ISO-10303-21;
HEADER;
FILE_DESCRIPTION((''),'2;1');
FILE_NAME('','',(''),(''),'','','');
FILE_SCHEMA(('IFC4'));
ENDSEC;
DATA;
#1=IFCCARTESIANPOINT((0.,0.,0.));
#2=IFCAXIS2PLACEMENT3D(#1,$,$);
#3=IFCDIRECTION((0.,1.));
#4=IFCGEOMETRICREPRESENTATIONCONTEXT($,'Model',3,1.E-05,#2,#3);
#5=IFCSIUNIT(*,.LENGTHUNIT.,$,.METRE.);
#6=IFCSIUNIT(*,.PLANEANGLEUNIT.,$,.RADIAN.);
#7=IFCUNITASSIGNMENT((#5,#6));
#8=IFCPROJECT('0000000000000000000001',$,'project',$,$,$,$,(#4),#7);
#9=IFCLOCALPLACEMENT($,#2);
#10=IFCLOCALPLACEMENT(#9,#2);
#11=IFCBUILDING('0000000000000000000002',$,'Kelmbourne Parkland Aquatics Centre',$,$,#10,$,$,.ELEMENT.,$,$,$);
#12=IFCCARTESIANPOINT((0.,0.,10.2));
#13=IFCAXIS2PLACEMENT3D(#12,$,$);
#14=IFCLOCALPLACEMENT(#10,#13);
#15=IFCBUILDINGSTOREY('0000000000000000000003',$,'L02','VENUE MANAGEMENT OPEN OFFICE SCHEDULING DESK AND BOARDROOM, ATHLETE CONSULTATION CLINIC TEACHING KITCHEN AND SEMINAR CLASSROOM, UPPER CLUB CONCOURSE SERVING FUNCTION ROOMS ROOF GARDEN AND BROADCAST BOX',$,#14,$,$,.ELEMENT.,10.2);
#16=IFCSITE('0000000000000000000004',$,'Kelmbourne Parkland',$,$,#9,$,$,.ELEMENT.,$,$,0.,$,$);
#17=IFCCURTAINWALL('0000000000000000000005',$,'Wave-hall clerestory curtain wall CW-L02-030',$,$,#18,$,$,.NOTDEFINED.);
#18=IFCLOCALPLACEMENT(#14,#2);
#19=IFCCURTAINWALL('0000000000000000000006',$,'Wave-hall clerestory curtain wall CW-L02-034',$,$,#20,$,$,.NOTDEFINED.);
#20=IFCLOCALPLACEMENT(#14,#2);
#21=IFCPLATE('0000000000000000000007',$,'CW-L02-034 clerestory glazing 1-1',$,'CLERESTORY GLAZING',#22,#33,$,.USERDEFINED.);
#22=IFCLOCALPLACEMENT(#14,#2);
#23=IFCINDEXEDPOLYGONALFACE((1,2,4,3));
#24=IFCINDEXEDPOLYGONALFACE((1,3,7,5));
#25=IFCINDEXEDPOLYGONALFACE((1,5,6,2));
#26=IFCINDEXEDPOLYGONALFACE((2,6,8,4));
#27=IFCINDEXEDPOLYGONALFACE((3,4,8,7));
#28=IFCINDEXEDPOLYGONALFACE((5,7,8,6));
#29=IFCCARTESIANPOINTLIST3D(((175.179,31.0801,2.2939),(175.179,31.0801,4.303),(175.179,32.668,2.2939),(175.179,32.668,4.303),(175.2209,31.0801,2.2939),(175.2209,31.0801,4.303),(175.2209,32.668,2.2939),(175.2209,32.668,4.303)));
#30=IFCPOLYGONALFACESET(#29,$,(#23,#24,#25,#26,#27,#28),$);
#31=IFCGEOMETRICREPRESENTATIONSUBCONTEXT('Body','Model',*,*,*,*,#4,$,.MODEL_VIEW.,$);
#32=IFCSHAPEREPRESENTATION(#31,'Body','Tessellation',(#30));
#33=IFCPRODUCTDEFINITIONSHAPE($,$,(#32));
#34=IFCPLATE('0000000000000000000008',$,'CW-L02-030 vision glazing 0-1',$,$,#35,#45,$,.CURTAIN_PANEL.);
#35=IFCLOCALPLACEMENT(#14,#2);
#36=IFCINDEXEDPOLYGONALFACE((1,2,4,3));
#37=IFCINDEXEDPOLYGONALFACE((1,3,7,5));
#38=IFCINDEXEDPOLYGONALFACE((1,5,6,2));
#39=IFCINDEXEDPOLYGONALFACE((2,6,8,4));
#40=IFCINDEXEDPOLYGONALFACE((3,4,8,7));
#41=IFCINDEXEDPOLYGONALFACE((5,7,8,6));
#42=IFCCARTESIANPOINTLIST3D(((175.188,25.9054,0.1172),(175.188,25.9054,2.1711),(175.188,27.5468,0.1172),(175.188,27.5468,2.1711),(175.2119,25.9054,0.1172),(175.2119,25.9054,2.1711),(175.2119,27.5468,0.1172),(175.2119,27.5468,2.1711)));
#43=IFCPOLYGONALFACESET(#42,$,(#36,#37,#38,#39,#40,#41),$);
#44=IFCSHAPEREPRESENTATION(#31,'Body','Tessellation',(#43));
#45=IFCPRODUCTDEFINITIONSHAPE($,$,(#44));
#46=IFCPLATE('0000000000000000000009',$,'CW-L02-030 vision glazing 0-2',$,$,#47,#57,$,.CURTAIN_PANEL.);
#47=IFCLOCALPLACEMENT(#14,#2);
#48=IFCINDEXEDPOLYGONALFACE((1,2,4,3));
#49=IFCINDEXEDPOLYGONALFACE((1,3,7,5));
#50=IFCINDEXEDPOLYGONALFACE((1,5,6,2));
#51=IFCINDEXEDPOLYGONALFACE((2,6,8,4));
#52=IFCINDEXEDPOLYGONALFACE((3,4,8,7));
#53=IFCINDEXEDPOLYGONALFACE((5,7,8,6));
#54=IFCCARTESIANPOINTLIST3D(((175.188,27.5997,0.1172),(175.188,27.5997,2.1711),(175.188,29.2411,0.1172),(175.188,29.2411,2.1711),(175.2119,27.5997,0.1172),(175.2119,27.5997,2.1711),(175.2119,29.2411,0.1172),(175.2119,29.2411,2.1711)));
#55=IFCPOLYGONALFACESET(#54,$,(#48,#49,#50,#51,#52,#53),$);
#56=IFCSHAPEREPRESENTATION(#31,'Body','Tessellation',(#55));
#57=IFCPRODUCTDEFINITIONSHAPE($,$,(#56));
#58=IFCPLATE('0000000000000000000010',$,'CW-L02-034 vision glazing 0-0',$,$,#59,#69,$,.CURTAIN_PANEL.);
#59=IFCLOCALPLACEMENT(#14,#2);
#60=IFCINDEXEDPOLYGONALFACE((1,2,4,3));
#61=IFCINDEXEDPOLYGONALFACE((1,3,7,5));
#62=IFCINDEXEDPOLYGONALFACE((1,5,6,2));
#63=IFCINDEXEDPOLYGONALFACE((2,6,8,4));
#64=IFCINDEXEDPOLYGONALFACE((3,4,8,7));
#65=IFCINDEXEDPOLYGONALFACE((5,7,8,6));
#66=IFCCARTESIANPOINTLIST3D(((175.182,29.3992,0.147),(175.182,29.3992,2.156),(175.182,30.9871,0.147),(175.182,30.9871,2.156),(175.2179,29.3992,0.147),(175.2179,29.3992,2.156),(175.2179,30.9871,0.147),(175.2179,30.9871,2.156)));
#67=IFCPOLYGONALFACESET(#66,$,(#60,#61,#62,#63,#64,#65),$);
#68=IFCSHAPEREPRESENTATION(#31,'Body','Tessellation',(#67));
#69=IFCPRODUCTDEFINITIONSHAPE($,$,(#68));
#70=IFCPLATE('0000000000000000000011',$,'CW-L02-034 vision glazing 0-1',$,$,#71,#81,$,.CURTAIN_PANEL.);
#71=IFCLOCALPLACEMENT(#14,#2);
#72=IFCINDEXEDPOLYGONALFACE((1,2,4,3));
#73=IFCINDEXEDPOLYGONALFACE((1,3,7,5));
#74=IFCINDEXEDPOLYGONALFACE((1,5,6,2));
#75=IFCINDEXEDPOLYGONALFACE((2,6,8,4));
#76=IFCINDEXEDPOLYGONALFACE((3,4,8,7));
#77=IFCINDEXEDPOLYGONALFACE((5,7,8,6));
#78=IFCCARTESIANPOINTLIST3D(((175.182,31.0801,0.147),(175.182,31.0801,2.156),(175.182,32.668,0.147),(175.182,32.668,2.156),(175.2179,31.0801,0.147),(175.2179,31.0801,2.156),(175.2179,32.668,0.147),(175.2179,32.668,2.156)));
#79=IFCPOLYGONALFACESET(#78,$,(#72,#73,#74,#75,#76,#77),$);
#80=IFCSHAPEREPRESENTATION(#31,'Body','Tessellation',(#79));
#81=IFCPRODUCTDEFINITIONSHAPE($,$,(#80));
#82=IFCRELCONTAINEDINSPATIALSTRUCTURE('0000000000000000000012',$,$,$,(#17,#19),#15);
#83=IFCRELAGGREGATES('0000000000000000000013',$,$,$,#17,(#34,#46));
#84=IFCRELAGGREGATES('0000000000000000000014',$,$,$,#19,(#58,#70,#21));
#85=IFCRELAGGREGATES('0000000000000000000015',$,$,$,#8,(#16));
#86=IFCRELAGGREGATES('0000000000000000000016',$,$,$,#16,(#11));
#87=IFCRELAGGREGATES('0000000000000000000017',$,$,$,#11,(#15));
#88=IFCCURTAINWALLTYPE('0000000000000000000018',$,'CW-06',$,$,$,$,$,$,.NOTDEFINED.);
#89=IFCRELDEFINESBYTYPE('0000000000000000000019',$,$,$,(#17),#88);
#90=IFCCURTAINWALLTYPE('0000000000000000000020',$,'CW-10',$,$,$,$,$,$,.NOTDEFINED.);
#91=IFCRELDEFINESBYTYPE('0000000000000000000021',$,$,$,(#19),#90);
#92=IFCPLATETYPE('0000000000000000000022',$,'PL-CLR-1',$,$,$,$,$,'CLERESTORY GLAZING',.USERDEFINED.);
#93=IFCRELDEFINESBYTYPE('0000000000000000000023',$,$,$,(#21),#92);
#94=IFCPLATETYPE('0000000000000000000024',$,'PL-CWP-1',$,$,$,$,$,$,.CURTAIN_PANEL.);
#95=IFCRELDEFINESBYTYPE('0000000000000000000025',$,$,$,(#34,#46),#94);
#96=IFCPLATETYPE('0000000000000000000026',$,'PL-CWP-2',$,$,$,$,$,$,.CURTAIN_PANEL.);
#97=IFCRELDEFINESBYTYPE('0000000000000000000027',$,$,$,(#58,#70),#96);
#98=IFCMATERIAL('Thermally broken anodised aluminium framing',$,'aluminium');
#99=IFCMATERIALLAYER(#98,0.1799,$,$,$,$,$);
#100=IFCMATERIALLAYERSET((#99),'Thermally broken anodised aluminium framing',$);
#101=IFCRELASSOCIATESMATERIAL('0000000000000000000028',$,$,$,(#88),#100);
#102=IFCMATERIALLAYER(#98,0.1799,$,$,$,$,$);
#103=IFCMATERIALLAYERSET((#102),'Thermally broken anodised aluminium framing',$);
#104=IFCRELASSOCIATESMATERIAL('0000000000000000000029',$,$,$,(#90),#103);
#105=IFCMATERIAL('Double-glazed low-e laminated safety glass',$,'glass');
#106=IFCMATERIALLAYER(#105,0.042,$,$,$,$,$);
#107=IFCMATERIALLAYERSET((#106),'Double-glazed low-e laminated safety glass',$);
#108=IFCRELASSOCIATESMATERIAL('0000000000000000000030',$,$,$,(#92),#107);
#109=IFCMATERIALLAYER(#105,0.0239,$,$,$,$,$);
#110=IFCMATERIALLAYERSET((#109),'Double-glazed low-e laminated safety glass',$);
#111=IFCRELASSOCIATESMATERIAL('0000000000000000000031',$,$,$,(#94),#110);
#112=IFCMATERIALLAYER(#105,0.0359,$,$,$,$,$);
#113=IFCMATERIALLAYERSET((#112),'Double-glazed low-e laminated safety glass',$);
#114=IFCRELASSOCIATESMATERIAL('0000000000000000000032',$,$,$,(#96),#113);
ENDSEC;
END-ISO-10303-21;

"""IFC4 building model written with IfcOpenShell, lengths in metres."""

from ifc_helpers import new_model, si_unit, direction, frame, origin, origin_2d, place, context, subcontext, project, spatial, rectangle, extrude, material, layer, layer_set, type_object, element, aggregate, save


model = new_model("IFC4")

# Units and contexts
model_context = context("Model", 3, precision=1e-05, world=origin(), true_north=direction((0.0, 1.0)))
body_context = subcontext(model_context, "Body", "Model", "MODEL_VIEW")
ifc_project = project(units=[si_unit("LENGTHUNIT", "METRE"), si_unit("PLANEANGLEUNIT", "RADIAN")], contexts=[model_context])

# Site, building, storey
site_placement = place(None, origin())
site = spatial("IfcSite", under=ifc_project, at=site_placement, Name="Kelmbourne Parkland", CompositionType="ELEMENT", RefElevation=0.0)
building_placement = place(site_placement, origin())
building = spatial("IfcBuilding", under=site, at=building_placement, Name="Kelmbourne Parkland Aquatics Centre", CompositionType="ELEMENT")
storey_placement = place(building_placement, frame((0.0, 0.0, 10.2)))
storey = spatial("IfcBuildingStorey", under=building, at=storey_placement, Name="L02", Description="VENUE MANAGEMENT OPEN OFFICE SCHEDULING DESK AND BOARDROOM, ATHLETE CONSULTATION CLINIC TEACHING KITCHEN AND SEMINAR CLASSROOM, UPPER CLUB CONCOURSE SERVING FUNCTION ROOMS ROOF GARDEN AND BROADCAST BOX", CompositionType="ELEMENT", Elevation=10.2)

# Curtain walls
ifc_material_1 = material(Name="Thermally broken anodised aluminium framing", Category="aluminium")
ifc_layer_1 = layer(ifc_material_1, 0.1799)
ifc_layer_set_1 = layer_set([ifc_layer_1], Name="Thermally broken anodised aluminium framing")
curtain_wall_type_1 = type_object("IfcCurtainWallType", Name="CW-06", PredefinedType="NOTDEFINED", material=ifc_layer_set_1)
curtain_wall_1_placement = place(storey_placement, origin())
curtain_wall_1 = element("IfcCurtainWall", 1, at=curtain_wall_1_placement, inside=storey, type_object=curtain_wall_type_1, Name="Wave-hall clerestory curtain wall CW-L02-030", PredefinedType="NOTDEFINED")
ifc_layer_2 = layer(ifc_material_1, 0.1799)
ifc_layer_set_2 = layer_set([ifc_layer_2], Name="Thermally broken anodised aluminium framing")
curtain_wall_type_2 = type_object("IfcCurtainWallType", Name="CW-10", PredefinedType="NOTDEFINED", material=ifc_layer_set_2)
curtain_wall_2_placement = place(storey_placement, origin())
curtain_wall_2 = element("IfcCurtainWall", 2, at=curtain_wall_2_placement, inside=storey, type_object=curtain_wall_type_2, Name="Wave-hall clerestory curtain wall CW-L02-034", PredefinedType="NOTDEFINED")

# Plates
ifc_material_2 = material(Name="Double-glazed low-e laminated safety glass", Category="glass")
ifc_layer_3 = layer(ifc_material_2, 0.042)
ifc_layer_set_3 = layer_set([ifc_layer_3], Name="Double-glazed low-e laminated safety glass")
plate_type_1 = type_object("IfcPlateType", Name="PL-CLR-1", ElementType="CLERESTORY GLAZING", PredefinedType="USERDEFINED", material=ifc_layer_set_3)
plate_1_placement = place(storey_placement, frame((175.2, 31.874, 2.2939), z_axis=(0.0, 0.0, 1.0), x_axis=(0.0, 1.0, 0.0)))
plate_1 = element("IfcPlate", 3, at=plate_1_placement, type_object=plate_type_1, Name="CW-L02-034 clerestory glazing 1-1", ObjectType="CLERESTORY GLAZING", PredefinedType="USERDEFINED", context=body_context, shape_type="SweptSolid", body=[
    extrude(rectangle(XDim=1.5879, YDim=0.042, at=origin_2d()), origin(), (0.0, 0.0, 1.0), 2.009),
])
ifc_layer_4 = layer(ifc_material_2, 0.0239)
ifc_layer_set_4 = layer_set([ifc_layer_4], Name="Double-glazed low-e laminated safety glass")
plate_type_2 = type_object("IfcPlateType", Name="PL-CWP-1", PredefinedType="CURTAIN_PANEL", material=ifc_layer_set_4)
plate_2_placement = place(storey_placement, frame((175.2, 26.7261, 0.1172), z_axis=(0.0, 0.0, 1.0), x_axis=(0.0, 1.0, 0.0)))
plate_2 = element("IfcPlate", 4, at=plate_2_placement, type_object=plate_type_2, Name="CW-L02-030 vision glazing 0-1", PredefinedType="CURTAIN_PANEL", context=body_context, shape_type="SweptSolid", body=[
    extrude(rectangle(XDim=1.6414, YDim=0.0239, at=origin_2d()), origin(), (0.0, 0.0, 1.0), 2.054),
])
plate_3_placement = place(storey_placement, frame((175.2, 28.4204, 0.1172), z_axis=(0.0, 0.0, 1.0), x_axis=(0.0, 1.0, 0.0)))
plate_3 = element("IfcPlate", 5, at=plate_3_placement, type_object=plate_type_2, Name="CW-L02-030 vision glazing 0-2", PredefinedType="CURTAIN_PANEL", context=body_context, shape_type="SweptSolid", body=[
    extrude(rectangle(XDim=1.6414, YDim=0.0239, at=origin_2d()), origin(), (0.0, 0.0, 1.0), 2.054),
])
aggregate(curtain_wall_1, [plate_2, plate_3])
ifc_layer_5 = layer(ifc_material_2, 0.0359)
ifc_layer_set_5 = layer_set([ifc_layer_5], Name="Double-glazed low-e laminated safety glass")
plate_type_3 = type_object("IfcPlateType", Name="PL-CWP-2", PredefinedType="CURTAIN_PANEL", material=ifc_layer_set_5)
plate_4_placement = place(storey_placement, frame((175.2, 30.1931, 0.147), z_axis=(0.0, 0.0, 1.0), x_axis=(0.0, 1.0, 0.0)))
plate_4 = element("IfcPlate", 6, at=plate_4_placement, type_object=plate_type_3, Name="CW-L02-034 vision glazing 0-0", PredefinedType="CURTAIN_PANEL", context=body_context, shape_type="SweptSolid", body=[
    extrude(rectangle(XDim=1.5879, YDim=0.0359, at=origin_2d()), origin(), (0.0, 0.0, 1.0), 2.009),
])
plate_5_placement = place(storey_placement, frame((175.2, 31.874, 0.147), z_axis=(0.0, 0.0, 1.0), x_axis=(0.0, 1.0, 0.0)))
plate_5 = element("IfcPlate", 7, at=plate_5_placement, type_object=plate_type_3, Name="CW-L02-034 vision glazing 0-1", PredefinedType="CURTAIN_PANEL", context=body_context, shape_type="SweptSolid", body=[
    extrude(rectangle(XDim=1.5879, YDim=0.0359, at=origin_2d()), origin(), (0.0, 0.0, 1.0), 2.009),
])
aggregate(curtain_wall_2, [plate_4, plate_5, plate_1])

save(model, "model.ifc")
